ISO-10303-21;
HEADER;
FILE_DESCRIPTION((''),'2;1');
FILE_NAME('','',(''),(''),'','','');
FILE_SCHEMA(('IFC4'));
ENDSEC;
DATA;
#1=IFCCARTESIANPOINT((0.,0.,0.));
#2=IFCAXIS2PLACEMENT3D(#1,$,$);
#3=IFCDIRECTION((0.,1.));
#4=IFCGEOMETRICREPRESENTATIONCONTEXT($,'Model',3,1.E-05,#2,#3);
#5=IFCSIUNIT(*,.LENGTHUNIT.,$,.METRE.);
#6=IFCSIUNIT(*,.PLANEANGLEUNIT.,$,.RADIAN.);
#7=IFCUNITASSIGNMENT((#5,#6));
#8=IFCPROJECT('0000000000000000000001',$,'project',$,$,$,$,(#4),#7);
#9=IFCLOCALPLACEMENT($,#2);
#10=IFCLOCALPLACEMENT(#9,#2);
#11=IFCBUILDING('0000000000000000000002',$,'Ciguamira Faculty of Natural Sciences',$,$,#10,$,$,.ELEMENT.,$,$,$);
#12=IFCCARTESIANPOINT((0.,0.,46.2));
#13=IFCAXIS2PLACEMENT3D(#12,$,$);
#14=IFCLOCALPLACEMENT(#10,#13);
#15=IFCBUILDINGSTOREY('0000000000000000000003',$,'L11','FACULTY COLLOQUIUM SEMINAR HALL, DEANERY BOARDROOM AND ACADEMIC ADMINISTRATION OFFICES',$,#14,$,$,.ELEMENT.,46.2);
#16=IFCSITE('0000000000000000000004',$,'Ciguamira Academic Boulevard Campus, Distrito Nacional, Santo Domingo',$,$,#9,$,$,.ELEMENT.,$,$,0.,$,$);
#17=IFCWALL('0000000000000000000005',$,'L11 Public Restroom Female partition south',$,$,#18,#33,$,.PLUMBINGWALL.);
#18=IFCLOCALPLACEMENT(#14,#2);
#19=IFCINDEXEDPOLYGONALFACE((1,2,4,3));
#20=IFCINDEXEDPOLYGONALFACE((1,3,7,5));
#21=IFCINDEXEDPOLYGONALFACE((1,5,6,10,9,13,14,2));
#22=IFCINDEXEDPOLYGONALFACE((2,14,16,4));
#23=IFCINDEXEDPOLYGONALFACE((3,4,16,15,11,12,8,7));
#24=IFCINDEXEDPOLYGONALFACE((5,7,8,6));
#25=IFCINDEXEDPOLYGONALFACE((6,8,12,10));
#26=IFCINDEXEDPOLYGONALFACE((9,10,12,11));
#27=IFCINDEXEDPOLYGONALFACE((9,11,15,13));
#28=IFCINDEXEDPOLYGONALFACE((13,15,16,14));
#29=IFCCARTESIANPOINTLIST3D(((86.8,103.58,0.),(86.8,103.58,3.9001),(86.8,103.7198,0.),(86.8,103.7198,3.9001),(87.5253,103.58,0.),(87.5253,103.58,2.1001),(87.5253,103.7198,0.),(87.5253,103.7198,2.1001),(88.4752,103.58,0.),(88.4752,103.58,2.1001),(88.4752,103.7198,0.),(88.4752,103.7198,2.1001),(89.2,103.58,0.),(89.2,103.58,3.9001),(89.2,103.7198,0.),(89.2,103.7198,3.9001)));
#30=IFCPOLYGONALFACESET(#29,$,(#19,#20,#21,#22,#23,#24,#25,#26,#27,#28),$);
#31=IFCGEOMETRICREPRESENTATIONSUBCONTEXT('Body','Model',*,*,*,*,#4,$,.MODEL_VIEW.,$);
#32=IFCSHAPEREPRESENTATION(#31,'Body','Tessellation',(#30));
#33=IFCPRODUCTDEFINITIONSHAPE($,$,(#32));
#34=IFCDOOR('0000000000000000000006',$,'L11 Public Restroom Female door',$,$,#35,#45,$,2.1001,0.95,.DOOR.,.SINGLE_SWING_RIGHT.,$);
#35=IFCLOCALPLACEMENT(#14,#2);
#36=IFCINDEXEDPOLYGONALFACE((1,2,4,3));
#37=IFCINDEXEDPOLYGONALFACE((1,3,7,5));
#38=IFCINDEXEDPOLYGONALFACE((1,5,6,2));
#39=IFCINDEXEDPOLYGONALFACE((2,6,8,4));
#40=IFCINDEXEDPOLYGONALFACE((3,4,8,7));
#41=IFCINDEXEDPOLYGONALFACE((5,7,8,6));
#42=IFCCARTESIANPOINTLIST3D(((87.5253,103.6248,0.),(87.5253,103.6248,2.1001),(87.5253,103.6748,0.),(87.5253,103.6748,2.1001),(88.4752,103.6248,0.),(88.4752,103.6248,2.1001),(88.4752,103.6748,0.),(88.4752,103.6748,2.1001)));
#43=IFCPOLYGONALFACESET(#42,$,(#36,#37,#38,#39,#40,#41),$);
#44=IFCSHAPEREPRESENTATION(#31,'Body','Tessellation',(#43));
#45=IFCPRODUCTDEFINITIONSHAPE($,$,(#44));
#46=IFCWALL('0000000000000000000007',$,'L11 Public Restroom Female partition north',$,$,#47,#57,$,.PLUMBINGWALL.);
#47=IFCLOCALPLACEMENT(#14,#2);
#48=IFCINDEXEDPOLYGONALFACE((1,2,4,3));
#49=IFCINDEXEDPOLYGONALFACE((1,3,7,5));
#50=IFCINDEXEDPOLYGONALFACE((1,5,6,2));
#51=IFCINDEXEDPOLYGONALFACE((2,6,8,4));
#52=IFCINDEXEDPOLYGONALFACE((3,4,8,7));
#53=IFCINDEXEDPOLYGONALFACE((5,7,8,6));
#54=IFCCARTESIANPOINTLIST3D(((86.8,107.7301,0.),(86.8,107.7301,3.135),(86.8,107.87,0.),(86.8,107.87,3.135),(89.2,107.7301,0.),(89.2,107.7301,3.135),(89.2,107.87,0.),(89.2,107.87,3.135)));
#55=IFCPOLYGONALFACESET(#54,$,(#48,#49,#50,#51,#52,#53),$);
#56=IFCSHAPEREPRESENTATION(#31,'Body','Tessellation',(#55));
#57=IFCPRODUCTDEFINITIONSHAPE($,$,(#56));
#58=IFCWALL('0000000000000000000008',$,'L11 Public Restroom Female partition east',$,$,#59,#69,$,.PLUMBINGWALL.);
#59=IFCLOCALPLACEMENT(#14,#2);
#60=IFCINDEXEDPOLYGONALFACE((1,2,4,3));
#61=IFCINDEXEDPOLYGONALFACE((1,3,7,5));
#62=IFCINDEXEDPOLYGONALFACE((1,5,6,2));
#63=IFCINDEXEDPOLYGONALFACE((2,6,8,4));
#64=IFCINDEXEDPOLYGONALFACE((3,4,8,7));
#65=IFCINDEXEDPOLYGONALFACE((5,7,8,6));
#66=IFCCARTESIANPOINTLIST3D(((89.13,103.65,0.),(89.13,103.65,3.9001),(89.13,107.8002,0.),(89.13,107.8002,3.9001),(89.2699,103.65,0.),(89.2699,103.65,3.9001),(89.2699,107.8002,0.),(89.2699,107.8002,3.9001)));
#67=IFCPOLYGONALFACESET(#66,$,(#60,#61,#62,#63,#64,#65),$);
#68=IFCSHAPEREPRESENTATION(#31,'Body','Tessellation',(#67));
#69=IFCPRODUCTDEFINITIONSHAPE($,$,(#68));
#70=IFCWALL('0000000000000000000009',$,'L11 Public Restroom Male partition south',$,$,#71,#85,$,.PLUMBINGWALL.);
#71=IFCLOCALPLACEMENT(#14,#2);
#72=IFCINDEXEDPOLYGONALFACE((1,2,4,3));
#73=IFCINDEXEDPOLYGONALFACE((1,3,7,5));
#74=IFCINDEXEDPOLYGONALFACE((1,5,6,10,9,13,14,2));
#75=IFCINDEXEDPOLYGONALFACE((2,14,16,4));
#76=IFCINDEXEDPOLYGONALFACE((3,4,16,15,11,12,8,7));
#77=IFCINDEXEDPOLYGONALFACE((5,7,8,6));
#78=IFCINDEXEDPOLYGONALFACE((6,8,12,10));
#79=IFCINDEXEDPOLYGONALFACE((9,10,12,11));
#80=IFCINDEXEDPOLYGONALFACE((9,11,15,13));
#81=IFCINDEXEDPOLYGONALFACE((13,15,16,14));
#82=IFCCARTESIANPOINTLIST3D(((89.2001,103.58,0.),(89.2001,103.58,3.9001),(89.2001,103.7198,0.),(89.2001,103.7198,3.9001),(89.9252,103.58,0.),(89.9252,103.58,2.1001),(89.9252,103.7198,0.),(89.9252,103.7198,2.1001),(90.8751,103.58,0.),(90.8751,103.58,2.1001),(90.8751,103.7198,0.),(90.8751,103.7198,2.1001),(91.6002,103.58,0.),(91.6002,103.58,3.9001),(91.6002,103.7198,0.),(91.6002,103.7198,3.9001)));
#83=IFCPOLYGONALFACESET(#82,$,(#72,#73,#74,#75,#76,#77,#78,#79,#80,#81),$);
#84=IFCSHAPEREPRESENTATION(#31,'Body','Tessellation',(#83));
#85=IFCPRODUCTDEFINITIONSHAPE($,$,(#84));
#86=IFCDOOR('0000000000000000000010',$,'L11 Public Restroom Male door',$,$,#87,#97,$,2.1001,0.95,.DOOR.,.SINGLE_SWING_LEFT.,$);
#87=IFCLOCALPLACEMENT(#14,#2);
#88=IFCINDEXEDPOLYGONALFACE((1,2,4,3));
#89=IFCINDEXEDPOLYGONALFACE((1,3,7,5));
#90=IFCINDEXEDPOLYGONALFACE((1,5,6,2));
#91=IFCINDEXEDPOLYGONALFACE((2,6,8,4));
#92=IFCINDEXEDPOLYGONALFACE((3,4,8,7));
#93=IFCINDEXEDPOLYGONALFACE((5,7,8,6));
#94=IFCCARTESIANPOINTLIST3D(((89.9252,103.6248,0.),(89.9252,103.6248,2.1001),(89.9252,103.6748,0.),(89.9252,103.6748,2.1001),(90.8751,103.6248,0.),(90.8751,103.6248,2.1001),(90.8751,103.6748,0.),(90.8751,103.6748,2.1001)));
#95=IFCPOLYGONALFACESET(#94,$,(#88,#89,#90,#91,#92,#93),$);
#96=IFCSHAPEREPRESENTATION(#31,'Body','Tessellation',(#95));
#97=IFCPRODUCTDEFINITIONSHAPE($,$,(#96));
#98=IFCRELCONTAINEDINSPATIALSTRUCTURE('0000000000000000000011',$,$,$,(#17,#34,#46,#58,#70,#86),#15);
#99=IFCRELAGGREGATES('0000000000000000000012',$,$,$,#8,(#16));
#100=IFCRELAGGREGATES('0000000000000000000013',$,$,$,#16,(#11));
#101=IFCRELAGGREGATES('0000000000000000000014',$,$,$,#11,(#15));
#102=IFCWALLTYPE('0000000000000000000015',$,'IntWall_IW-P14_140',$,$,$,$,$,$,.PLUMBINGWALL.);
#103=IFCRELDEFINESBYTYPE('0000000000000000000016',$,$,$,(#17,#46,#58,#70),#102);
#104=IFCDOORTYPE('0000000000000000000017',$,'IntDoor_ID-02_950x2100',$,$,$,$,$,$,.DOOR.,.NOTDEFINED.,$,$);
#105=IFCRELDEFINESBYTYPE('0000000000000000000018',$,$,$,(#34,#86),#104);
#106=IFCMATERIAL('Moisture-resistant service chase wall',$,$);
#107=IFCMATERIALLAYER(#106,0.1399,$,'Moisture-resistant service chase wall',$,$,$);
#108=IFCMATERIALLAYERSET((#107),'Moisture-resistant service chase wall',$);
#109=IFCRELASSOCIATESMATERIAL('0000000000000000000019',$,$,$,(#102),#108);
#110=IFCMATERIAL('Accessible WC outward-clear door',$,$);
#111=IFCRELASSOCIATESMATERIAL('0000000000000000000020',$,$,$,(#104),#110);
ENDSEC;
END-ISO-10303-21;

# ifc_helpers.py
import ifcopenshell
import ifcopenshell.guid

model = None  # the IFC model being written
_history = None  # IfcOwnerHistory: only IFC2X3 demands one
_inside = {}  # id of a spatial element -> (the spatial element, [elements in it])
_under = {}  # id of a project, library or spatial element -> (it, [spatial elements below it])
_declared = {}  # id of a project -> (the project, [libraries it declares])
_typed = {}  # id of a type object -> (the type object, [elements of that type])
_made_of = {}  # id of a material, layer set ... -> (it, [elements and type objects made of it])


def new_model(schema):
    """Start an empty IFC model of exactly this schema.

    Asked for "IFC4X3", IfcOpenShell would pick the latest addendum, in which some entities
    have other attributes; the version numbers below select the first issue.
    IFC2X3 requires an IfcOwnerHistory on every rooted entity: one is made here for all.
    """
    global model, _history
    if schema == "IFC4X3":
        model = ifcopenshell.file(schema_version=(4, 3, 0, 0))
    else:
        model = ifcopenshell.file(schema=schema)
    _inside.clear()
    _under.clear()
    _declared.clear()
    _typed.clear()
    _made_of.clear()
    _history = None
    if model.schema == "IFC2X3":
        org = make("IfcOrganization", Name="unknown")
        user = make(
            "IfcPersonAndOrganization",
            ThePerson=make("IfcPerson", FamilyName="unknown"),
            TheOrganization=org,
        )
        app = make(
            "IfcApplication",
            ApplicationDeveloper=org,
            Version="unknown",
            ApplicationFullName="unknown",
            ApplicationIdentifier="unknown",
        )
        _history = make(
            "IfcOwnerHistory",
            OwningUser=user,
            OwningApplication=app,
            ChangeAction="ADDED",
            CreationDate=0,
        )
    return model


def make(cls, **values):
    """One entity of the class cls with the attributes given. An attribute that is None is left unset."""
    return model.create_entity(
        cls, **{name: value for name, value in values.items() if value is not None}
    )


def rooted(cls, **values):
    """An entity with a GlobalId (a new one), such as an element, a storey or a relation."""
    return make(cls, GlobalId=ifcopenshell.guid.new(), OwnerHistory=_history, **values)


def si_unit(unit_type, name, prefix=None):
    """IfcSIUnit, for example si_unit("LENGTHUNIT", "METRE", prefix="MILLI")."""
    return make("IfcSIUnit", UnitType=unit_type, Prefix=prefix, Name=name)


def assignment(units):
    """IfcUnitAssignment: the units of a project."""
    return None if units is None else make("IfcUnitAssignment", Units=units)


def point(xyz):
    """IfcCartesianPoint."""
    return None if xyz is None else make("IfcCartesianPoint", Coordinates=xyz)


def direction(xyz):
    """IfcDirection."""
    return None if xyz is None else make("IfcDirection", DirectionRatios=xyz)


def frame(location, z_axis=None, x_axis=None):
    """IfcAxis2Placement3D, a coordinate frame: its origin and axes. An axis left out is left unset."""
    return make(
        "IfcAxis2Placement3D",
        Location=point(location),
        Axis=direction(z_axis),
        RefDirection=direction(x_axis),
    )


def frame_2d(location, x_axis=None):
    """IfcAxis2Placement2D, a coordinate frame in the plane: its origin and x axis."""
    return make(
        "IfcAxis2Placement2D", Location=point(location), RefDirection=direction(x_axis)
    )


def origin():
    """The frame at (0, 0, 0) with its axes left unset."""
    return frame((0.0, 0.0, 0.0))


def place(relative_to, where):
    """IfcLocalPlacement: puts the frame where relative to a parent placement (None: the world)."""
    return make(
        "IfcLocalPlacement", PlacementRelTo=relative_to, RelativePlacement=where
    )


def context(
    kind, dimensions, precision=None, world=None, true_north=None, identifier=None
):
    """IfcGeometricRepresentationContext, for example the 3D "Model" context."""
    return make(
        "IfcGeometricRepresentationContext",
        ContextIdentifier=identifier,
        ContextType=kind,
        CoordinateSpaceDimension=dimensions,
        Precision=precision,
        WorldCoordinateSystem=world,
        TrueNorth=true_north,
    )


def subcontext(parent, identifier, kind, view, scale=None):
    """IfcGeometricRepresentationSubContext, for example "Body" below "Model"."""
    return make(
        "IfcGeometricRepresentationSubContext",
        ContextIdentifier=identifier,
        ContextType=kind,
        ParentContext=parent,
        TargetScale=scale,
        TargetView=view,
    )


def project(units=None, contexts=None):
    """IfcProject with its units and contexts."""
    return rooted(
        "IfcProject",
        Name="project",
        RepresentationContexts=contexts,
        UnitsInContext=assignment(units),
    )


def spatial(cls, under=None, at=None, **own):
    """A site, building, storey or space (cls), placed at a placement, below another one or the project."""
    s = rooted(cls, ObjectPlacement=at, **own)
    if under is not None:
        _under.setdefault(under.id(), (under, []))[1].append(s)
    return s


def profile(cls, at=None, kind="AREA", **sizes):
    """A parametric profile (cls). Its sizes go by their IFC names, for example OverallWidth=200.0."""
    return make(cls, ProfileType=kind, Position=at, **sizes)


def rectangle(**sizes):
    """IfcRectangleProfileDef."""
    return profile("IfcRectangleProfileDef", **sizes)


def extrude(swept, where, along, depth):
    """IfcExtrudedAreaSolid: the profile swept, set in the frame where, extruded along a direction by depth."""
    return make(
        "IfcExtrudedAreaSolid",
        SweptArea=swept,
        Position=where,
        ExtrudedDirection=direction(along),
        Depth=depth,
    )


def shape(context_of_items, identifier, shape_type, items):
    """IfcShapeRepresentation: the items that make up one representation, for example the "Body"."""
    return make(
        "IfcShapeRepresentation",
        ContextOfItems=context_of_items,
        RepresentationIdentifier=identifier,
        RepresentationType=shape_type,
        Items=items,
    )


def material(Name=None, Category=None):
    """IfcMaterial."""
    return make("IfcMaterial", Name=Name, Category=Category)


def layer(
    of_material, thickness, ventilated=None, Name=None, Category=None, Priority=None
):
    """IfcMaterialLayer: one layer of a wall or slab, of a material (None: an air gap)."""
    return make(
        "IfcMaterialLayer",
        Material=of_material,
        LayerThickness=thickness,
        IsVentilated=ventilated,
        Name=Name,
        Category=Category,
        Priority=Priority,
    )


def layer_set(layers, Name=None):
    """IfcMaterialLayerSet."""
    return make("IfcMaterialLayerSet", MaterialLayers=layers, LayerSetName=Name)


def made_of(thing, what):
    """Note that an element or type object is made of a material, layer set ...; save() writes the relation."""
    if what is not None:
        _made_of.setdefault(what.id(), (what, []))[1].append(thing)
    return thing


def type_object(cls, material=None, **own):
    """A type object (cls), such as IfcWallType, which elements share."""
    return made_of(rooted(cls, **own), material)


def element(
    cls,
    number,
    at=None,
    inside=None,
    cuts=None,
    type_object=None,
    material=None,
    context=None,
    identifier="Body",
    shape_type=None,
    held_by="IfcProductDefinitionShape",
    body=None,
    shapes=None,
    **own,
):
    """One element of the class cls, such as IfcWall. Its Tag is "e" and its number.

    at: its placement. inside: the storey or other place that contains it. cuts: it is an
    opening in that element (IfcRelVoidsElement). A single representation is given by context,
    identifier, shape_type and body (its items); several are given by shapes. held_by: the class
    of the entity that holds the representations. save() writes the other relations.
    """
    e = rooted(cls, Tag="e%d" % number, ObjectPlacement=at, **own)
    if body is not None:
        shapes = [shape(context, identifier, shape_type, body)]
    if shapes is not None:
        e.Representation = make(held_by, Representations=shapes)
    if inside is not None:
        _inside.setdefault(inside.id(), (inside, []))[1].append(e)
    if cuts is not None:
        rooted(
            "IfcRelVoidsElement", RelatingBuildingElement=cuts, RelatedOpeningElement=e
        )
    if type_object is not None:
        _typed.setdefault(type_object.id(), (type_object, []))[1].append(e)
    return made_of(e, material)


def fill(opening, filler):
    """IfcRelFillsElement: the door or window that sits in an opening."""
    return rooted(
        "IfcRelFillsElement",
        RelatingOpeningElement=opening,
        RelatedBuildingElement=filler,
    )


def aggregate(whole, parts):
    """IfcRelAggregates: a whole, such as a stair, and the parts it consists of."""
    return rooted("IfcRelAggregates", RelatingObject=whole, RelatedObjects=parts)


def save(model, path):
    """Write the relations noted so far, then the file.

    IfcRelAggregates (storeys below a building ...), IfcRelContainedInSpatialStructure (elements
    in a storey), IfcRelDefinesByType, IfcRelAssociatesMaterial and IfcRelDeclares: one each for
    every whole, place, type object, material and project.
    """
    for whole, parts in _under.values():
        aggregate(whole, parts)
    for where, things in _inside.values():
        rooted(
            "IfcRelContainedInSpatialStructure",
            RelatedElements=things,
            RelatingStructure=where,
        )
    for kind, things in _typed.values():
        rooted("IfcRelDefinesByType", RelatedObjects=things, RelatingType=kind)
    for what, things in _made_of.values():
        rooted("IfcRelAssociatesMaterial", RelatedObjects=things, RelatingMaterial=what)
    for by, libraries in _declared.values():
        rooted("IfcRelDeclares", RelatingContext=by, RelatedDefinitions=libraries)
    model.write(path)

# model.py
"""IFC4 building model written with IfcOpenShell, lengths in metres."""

from ifc_helpers import new_model, si_unit, direction, frame, frame_2d, origin, place, context, subcontext, project, spatial, rectangle, extrude, material, layer, layer_set, type_object, element, fill, save


model = new_model("IFC4")

# Units and contexts
model_context = context("Model", 3, precision=1e-05, world=origin(), true_north=direction((0.0, 1.0)))
body_context = subcontext(model_context, "Body", "Model", "MODEL_VIEW")
ifc_project = project(units=[si_unit("LENGTHUNIT", "METRE"), si_unit("PLANEANGLEUNIT", "RADIAN")], contexts=[model_context])

# Site, building, storey
site_placement = place(None, origin())
site = spatial("IfcSite", under=ifc_project, at=site_placement, Name="Ciguamira Academic Boulevard Campus, Distrito Nacional, Santo Domingo", CompositionType="ELEMENT", RefElevation=0.0)
building_placement = place(site_placement, origin())
building = spatial("IfcBuilding", under=site, at=building_placement, Name="Ciguamira Faculty of Natural Sciences", CompositionType="ELEMENT")
storey_placement = place(building_placement, frame((0.0, 0.0, 46.2)))
storey = spatial("IfcBuildingStorey", under=building, at=storey_placement, Name="L11", Description="FACULTY COLLOQUIUM SEMINAR HALL, DEANERY BOARDROOM AND ACADEMIC ADMINISTRATION OFFICES", CompositionType="ELEMENT", Elevation=46.2)

# Shared definitions
ifc_material_1 = material(Name="Moisture-resistant service chase wall")
ifc_layer_1 = layer(ifc_material_1, 0.1399, Name="Moisture-resistant service chase wall")
ifc_layer_set_1 = layer_set([ifc_layer_1], Name="Moisture-resistant service chase wall")
wall_type_1 = type_object("IfcWallType", Name="IntWall_IW-P14_140", PredefinedType="PLUMBINGWALL", material=ifc_layer_set_1)
ifc_material_2 = material(Name="Accessible WC outward-clear door")
door_type = type_object("IfcDoorType", Name="IntDoor_ID-02_950x2100", OperationType="NOTDEFINED", PredefinedType="DOOR", material=ifc_material_2)

# Wall, opening, door
wall_1_placement = place(storey_placement, frame((86.8, 103.6499, 0.0), z_axis=(0.0, 0.0, 1.0), x_axis=(1.0, 0.0, 0.0)))
wall_1 = element("IfcWall", 1, at=wall_1_placement, inside=storey, type_object=wall_type_1, Name="L11 Public Restroom Female partition south", PredefinedType="PLUMBINGWALL", context=body_context, shape_type="SweptSolid", body=[
    extrude(rectangle(XDim=2.3999, YDim=0.1399, at=frame_2d((1.2, 0.0))), origin(), (0.0, 0.0, 1.0), 3.9001),
])
opening_1_placement = place(wall_1_placement, frame((0.7251, 0.0, 0.0)))
opening_1 = element("IfcOpeningElement", 2, at=opening_1_placement, cuts=wall_1, PredefinedType="OPENING", context=body_context, shape_type="SweptSolid", body=[
    extrude(rectangle(XDim=0.95, YDim=2.1001, at=frame_2d((0.4751, 1.05))), frame((0.0, 0.0798, 0.0), z_axis=(0.0, -1.0, 0.0), x_axis=(1.0, 0.0, 0.0)), (0.0, 0.0, 1.0), 0.1599),
])
door_1_placement = place(opening_1_placement, origin())
door_1 = element("IfcDoor", 3, at=door_1_placement, inside=storey, type_object=door_type, Name="L11 Public Restroom Female door", OperationType="SINGLE_SWING_RIGHT", OverallHeight=2.1001, OverallWidth=0.95, PredefinedType="DOOR", context=body_context, shape_type="SweptSolid", body=[
    extrude(rectangle(XDim=0.95, YDim=2.1001, at=frame_2d((0.4751, 1.05))), frame((0.0, 0.0249, 0.0), z_axis=(0.0, -1.0, 0.0), x_axis=(1.0, 0.0, 0.0)), (0.0, 0.0, 1.0), 0.05),
])
fill(opening_1, door_1)

# Walls
wall_2_placement = place(storey_placement, frame((86.8, 107.8, 0.0), z_axis=(0.0, 0.0, 1.0), x_axis=(1.0, 0.0, 0.0)))
element("IfcWall", 4, at=wall_2_placement, inside=storey, type_object=wall_type_1, Name="L11 Public Restroom Female partition north", PredefinedType="PLUMBINGWALL", context=body_context, shape_type="SweptSolid", body=[
    extrude(rectangle(XDim=2.3999, YDim=0.1399, at=frame_2d((1.2, 0.0))), origin(), (0.0, 0.0, 1.0), 3.135),
])
wall_3_placement = place(storey_placement, frame((89.2, 103.6499, 0.0), z_axis=(0.0, 0.0, 1.0), x_axis=(0.0, 1.0, 0.0)))
element("IfcWall", 5, at=wall_3_placement, inside=storey, type_object=wall_type_1, Name="L11 Public Restroom Female partition east", PredefinedType="PLUMBINGWALL", context=body_context, shape_type="SweptSolid", body=[
    extrude(rectangle(XDim=4.1501, YDim=0.1399, at=frame_2d((2.0752, 0.0))), origin(), (0.0, 0.0, 1.0), 3.9001),
])

# Wall, opening, door
wall_4_placement = place(storey_placement, frame((89.2, 103.6499, 0.0), z_axis=(0.0, 0.0, 1.0), x_axis=(1.0, 0.0, 0.0)))
wall_4 = element("IfcWall", 6, at=wall_4_placement, inside=storey, type_object=wall_type_1, Name="L11 Public Restroom Male partition south", PredefinedType="PLUMBINGWALL", context=body_context, shape_type="SweptSolid", body=[
    extrude(rectangle(XDim=2.4001, YDim=0.1399, at=frame_2d((1.2002, 0.0))), origin(), (0.0, 0.0, 1.0), 3.9001),
])
opening_2_placement = place(wall_4_placement, frame((0.7251, 0.0, 0.0)))
opening_2 = element("IfcOpeningElement", 7, at=opening_2_placement, cuts=wall_4, PredefinedType="OPENING", context=body_context, shape_type="SweptSolid", body=[
    extrude(rectangle(XDim=0.95, YDim=2.1001, at=frame_2d((0.4751, 1.05))), frame((0.0, 0.0798, 0.0), z_axis=(0.0, -1.0, 0.0), x_axis=(1.0, 0.0, 0.0)), (0.0, 0.0, 1.0), 0.1599),
])
door_2_placement = place(opening_2_placement, origin())
door_2 = element("IfcDoor", 8, at=door_2_placement, inside=storey, type_object=door_type, Name="L11 Public Restroom Male door", OperationType="SINGLE_SWING_LEFT", OverallHeight=2.1001, OverallWidth=0.95, PredefinedType="DOOR", context=body_context, shape_type="SweptSolid", body=[
    extrude(rectangle(XDim=0.95, YDim=2.1001, at=frame_2d((0.4751, 1.05))), frame((0.0, 0.0249, 0.0), z_axis=(0.0, -1.0, 0.0), x_axis=(1.0, 0.0, 0.0)), (0.0, 0.0, 1.0), 0.05),
])
fill(opening_2, door_2)

save(model, "model.ifc")
